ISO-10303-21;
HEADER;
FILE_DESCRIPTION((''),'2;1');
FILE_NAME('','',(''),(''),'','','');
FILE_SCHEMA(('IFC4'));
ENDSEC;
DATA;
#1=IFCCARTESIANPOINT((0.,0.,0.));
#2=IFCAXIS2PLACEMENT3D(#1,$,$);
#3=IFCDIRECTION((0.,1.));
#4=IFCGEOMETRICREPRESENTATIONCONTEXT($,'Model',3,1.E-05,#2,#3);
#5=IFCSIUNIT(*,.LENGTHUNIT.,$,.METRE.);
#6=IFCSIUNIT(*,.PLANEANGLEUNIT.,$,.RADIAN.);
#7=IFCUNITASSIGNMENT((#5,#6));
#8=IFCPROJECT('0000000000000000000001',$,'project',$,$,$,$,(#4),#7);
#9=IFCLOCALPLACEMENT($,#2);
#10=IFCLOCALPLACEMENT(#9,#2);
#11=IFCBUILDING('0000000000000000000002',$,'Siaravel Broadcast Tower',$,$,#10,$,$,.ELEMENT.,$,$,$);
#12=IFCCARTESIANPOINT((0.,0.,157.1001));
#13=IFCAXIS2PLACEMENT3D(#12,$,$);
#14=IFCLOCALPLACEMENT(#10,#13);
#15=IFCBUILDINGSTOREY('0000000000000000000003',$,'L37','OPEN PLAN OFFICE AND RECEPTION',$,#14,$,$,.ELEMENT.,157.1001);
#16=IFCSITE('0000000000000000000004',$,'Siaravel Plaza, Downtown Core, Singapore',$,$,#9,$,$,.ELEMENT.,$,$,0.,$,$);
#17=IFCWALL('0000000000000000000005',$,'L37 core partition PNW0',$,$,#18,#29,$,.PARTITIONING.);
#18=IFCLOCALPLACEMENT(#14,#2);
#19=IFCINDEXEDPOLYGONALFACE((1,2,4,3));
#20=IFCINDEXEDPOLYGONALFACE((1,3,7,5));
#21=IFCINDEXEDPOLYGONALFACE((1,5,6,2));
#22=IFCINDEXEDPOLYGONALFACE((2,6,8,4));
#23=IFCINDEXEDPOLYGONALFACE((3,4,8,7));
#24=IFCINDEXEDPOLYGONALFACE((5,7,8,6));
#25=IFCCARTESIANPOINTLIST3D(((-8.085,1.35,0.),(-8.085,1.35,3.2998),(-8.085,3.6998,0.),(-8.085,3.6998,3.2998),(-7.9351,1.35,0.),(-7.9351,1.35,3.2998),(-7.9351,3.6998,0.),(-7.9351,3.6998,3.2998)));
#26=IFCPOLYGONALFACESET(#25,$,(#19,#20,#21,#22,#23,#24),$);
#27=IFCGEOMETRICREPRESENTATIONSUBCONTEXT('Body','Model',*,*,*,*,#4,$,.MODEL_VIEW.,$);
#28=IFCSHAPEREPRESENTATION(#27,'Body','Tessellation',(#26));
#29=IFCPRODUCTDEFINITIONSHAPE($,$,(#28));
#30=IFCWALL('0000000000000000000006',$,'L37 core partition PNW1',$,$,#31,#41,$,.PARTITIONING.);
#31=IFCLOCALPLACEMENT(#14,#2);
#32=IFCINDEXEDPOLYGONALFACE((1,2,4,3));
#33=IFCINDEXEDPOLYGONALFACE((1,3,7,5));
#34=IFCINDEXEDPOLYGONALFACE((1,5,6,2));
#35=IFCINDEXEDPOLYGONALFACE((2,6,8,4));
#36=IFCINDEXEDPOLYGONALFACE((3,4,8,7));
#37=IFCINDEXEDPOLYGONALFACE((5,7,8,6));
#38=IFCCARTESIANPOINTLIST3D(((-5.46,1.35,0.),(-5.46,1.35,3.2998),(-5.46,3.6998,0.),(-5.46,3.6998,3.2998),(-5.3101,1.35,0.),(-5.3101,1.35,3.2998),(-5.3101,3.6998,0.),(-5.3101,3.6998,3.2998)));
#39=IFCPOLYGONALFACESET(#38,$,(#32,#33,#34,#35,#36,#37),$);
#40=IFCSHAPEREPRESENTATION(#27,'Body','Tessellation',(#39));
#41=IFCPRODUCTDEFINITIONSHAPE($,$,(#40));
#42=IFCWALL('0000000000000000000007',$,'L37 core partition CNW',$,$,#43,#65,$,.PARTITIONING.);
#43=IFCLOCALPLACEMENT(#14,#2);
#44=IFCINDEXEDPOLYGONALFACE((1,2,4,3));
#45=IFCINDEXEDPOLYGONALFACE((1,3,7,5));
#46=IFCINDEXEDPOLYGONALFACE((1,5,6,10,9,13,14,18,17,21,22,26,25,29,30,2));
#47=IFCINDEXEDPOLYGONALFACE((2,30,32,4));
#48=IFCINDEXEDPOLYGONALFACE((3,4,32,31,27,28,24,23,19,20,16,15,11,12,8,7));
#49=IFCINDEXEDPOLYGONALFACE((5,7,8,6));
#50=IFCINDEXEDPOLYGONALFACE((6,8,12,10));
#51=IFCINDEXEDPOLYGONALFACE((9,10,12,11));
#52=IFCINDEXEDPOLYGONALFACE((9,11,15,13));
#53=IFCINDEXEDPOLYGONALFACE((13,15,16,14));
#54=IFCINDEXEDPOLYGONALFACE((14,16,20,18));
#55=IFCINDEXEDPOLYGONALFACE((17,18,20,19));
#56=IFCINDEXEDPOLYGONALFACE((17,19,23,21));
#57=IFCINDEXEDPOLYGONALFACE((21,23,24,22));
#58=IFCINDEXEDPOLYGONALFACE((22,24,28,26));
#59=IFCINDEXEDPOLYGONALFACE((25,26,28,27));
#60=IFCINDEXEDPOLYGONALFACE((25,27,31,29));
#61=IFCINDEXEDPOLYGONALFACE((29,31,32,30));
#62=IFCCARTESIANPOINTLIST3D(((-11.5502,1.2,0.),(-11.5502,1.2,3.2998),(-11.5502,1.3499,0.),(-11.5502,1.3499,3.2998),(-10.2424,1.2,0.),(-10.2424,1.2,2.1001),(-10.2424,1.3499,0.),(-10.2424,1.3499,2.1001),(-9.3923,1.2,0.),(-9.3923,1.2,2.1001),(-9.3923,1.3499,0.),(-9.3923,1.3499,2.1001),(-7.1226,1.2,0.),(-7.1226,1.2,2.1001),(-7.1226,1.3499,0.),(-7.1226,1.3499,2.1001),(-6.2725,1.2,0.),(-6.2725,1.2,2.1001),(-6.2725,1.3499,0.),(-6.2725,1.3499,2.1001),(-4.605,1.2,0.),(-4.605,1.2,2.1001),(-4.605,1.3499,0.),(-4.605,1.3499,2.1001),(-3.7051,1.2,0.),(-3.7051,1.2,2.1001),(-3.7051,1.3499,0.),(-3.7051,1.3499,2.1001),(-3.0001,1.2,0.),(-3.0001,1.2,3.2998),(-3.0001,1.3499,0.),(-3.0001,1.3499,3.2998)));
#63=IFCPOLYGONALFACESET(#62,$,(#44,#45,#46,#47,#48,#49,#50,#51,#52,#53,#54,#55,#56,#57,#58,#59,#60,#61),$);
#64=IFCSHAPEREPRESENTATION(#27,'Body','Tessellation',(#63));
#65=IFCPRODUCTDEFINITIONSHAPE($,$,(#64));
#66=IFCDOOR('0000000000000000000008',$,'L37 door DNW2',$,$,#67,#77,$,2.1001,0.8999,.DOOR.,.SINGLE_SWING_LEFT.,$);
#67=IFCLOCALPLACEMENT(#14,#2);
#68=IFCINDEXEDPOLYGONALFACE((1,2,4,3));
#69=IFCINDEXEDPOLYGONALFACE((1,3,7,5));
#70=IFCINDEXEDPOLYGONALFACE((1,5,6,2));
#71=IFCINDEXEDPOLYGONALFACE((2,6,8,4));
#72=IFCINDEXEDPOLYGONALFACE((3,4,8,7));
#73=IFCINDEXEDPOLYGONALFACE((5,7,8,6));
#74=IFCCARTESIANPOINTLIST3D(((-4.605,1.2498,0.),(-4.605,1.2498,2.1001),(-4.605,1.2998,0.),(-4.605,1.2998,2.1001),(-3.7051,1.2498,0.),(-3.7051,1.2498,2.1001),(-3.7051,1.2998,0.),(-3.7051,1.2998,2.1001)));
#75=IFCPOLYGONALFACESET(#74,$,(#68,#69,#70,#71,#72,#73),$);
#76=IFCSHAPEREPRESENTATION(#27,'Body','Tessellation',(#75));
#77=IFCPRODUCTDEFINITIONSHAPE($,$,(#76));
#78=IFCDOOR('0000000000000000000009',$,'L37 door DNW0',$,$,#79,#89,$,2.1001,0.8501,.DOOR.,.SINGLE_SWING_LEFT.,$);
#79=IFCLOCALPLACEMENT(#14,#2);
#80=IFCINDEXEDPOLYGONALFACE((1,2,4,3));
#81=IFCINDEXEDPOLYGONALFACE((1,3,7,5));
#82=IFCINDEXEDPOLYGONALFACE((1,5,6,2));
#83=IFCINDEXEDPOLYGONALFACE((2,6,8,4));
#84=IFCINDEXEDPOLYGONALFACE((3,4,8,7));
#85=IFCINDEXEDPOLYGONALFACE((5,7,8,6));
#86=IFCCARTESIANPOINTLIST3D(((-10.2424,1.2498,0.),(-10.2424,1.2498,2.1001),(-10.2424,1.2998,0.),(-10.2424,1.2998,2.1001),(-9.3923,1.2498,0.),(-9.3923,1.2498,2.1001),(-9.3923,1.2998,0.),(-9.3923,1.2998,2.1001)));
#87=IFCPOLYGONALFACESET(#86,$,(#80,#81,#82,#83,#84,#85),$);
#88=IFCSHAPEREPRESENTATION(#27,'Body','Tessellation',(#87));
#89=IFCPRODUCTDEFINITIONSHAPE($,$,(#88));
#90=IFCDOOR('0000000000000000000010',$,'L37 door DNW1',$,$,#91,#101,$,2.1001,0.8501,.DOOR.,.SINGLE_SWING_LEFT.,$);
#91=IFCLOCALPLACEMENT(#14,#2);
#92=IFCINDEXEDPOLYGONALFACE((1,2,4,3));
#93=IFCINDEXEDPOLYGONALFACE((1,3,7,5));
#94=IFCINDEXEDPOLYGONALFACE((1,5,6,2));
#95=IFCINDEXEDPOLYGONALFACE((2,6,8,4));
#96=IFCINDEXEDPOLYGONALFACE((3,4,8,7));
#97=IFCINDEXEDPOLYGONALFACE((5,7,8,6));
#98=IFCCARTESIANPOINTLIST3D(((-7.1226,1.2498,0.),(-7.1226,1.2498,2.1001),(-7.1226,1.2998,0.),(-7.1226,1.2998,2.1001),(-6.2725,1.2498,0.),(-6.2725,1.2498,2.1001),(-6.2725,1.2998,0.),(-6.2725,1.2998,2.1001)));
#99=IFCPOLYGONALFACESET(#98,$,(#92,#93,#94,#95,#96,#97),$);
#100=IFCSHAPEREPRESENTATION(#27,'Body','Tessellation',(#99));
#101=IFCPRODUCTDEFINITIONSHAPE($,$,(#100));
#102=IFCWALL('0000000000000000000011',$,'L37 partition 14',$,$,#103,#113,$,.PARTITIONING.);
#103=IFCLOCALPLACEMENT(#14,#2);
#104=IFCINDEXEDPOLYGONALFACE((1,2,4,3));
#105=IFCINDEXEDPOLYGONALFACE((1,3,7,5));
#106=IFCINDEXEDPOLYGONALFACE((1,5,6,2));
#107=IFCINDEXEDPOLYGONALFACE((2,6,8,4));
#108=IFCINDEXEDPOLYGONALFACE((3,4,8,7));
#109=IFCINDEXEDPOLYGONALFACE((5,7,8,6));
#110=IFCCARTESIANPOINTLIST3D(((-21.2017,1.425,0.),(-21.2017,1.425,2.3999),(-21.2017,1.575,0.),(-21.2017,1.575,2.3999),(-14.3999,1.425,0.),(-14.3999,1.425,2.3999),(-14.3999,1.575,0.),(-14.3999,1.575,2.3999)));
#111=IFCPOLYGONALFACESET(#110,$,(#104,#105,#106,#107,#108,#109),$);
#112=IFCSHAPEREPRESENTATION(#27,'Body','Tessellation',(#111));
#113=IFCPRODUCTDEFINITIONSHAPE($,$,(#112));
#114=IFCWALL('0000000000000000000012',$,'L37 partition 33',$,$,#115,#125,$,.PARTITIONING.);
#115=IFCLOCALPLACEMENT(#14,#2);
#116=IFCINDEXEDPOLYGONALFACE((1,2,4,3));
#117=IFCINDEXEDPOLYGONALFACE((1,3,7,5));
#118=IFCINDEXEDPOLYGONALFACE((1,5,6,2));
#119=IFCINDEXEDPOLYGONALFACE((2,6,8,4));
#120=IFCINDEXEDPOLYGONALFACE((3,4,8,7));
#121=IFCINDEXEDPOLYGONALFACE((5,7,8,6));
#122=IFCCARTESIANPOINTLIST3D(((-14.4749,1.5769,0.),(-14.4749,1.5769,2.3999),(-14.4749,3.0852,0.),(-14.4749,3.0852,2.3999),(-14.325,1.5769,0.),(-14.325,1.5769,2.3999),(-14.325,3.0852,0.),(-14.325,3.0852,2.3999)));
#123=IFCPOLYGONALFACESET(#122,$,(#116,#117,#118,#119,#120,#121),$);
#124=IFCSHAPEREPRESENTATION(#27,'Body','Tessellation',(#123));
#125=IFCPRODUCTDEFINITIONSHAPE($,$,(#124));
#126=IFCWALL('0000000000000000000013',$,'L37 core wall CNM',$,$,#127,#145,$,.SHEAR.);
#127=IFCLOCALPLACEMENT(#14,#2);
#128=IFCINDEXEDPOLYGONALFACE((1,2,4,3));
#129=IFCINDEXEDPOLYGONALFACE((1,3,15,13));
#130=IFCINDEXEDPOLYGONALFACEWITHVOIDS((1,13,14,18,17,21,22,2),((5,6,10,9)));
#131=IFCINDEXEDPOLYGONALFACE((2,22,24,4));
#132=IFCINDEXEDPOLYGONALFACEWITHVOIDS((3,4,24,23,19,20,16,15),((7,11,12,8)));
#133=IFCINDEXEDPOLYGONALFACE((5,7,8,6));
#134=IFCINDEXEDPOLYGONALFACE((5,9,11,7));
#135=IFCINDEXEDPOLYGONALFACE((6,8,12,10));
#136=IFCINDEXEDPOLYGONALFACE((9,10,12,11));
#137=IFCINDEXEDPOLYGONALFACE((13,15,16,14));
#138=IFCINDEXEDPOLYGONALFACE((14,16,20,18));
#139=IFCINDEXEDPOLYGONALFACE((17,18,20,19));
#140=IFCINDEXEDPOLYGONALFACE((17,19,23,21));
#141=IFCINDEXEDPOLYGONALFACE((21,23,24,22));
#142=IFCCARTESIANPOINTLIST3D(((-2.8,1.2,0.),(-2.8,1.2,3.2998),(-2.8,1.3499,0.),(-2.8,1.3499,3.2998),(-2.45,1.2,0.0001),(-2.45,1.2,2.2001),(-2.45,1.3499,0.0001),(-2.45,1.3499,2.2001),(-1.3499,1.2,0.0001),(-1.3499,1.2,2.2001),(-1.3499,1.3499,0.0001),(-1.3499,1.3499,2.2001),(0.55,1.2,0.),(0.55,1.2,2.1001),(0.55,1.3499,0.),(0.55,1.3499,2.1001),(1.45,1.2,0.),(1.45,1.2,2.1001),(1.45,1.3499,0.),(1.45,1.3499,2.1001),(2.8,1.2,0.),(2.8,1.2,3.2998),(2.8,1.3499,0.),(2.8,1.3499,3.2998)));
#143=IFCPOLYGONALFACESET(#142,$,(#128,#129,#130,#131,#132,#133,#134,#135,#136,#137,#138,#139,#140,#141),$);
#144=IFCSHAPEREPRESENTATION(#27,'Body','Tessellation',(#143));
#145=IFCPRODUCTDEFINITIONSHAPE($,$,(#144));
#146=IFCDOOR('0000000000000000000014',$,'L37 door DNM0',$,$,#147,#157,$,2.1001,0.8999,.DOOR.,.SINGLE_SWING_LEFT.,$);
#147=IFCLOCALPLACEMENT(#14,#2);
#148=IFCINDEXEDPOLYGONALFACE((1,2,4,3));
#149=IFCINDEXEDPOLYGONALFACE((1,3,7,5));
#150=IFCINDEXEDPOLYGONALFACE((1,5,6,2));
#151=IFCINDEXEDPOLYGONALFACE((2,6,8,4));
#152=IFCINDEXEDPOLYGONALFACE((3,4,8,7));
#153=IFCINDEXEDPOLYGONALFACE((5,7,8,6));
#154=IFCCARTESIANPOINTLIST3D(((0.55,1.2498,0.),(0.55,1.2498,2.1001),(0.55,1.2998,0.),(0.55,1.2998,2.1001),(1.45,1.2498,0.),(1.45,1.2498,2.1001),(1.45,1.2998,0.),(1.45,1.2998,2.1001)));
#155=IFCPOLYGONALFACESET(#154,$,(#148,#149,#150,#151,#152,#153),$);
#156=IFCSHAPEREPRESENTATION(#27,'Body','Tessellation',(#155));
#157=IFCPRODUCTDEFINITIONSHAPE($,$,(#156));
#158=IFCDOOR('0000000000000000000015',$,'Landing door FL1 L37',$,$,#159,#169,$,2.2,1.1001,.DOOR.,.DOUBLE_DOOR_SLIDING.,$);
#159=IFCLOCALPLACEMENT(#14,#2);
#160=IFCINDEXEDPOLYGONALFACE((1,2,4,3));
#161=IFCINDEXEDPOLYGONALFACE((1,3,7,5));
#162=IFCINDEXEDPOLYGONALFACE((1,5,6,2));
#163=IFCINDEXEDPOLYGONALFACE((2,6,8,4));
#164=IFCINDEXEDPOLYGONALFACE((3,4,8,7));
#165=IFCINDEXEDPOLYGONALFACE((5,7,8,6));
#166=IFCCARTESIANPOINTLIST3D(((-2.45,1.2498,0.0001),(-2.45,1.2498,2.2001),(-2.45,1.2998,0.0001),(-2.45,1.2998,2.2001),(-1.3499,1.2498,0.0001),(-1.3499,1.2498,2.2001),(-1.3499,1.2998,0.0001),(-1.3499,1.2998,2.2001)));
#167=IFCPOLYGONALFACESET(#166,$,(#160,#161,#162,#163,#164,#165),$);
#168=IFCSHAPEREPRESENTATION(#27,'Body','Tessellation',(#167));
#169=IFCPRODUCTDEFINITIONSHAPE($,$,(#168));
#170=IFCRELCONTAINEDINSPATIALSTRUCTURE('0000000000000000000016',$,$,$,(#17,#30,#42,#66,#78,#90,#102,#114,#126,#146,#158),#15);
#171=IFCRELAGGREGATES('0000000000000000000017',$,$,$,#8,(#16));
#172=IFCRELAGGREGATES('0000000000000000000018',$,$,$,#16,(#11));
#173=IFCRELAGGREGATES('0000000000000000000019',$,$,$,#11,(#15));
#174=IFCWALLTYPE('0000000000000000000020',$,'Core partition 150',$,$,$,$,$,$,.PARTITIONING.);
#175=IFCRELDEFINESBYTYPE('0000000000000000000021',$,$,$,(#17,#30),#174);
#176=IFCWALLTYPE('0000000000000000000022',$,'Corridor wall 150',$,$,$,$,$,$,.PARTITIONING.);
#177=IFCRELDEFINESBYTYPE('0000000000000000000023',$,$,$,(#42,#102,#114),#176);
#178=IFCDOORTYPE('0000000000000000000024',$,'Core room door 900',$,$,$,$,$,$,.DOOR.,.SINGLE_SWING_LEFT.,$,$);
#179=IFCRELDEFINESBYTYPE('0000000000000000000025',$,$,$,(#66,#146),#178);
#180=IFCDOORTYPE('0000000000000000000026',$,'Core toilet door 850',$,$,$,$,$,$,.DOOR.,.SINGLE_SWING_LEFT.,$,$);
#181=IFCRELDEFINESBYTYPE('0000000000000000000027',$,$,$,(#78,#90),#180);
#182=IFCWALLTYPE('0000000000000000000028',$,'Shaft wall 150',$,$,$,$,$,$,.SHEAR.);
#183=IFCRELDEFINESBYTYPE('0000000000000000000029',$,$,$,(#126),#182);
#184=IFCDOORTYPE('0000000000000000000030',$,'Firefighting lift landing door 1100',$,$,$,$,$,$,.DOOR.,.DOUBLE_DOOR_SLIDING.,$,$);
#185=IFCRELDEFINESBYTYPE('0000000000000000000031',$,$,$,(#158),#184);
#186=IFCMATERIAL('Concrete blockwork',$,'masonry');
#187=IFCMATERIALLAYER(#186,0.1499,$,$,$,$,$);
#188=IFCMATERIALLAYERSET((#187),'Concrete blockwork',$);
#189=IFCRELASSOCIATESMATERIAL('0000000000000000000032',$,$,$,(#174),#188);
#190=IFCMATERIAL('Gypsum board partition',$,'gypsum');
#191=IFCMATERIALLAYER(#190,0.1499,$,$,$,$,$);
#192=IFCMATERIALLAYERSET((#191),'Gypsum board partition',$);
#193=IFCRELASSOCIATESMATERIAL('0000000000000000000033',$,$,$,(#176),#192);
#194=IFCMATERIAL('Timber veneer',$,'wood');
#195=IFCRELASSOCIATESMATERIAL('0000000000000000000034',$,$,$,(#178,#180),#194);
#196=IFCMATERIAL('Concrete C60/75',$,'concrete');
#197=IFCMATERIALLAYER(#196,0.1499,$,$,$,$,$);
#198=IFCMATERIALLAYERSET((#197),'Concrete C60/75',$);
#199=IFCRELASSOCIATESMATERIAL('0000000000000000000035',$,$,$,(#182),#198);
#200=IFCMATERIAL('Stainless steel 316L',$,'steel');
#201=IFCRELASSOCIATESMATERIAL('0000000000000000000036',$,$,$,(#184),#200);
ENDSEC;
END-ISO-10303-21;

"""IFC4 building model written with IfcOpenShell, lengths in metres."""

from ifc_helpers import new_model, si_unit, direction, frame, frame_2d, origin, place, context, subcontext, project, spatial, rectangle, extrude, material, layer, layer_set, type_object, element, fill, save


model = new_model("IFC4")

# Units and contexts
model_context = context("Model", 3, precision=1e-05, world=origin(), true_north=direction((0.0, 1.0)))
body_context = subcontext(model_context, "Body", "Model", "MODEL_VIEW")
ifc_project = project(units=[si_unit("LENGTHUNIT", "METRE"), si_unit("PLANEANGLEUNIT", "RADIAN")], contexts=[model_context])

# Site, building, storey
site_placement = place(None, origin())
site = spatial("IfcSite", under=ifc_project, at=site_placement, Name="Siaravel Plaza, Downtown Core, Singapore", CompositionType="ELEMENT", RefElevation=0.0)
building_placement = place(site_placement, origin())
building = spatial("IfcBuilding", under=site, at=building_placement, Name="Siaravel Broadcast Tower", CompositionType="ELEMENT")
storey_placement = place(building_placement, frame((0.0, 0.0, 157.1001)))
storey = spatial("IfcBuildingStorey", under=building, at=storey_placement, Name="L37", Description="OPEN PLAN OFFICE AND RECEPTION", CompositionType="ELEMENT", Elevation=157.1001)

# Walls
ifc_material_1 = material(Name="Concrete blockwork", Category="masonry")
ifc_layer_1 = layer(ifc_material_1, 0.1499)
ifc_layer_set_1 = layer_set([ifc_layer_1], Name="Concrete blockwork")
wall_type_1 = type_object("IfcWallType", Name="Core partition 150", PredefinedType="PARTITIONING", material=ifc_layer_set_1)
for number, where, z_axis, x_axis, name in (
    (1, (-8.01, 1.3501, 0.0), (0.0, 0.0, 1.0), (0.0, 1.0, 0.0), "L37 core partition PNW0"),
    (2, (-5.385, 1.3501, 0.0), (0.0, 0.0, 1.0), (0.0, 1.0, 0.0), "L37 core partition PNW1"),
):
    element("IfcWall", number, at=place(storey_placement, frame(where, z_axis=z_axis, x_axis=x_axis)), inside=storey, type_object=wall_type_1, Name=name, PredefinedType="PARTITIONING", context=body_context, shape_type="SweptSolid", body=[
        extrude(rectangle(XDim=2.3499, YDim=0.1499, at=frame_2d((1.1748, 0.0))), origin(), (0.0, 0.0, 1.0), 3.2998),
    ])

# Wall, openings, doors
ifc_material_2 = material(Name="Gypsum board partition", Category="gypsum")
ifc_layer_2 = layer(ifc_material_2, 0.1499)
ifc_layer_set_2 = layer_set([ifc_layer_2], Name="Gypsum board partition")
wall_type_2 = type_object("IfcWallType", Name="Corridor wall 150", PredefinedType="PARTITIONING", material=ifc_layer_set_2)
wall_1_placement = place(storey_placement, frame((-11.55, 1.2749, 0.0), z_axis=(0.0, 0.0, 1.0), x_axis=(1.0, 0.0, 0.0)))
wall_1 = element("IfcWall", 3, at=wall_1_placement, inside=storey, type_object=wall_type_2, Name="L37 core partition CNW", PredefinedType="PARTITIONING", context=body_context, shape_type="SweptSolid", body=[
    extrude(rectangle(XDim=8.55, YDim=0.1499, at=frame_2d((4.2749, 0.0))), origin(), (0.0, 0.0, 1.0), 3.2998),
])
opening_1_placement = place(wall_1_placement, frame((1.3076, 0.0, 0.0)))
opening_1 = element("IfcOpeningElement", 4, at=opening_1_placement, cuts=wall_1, PredefinedType="OPENING", context=body_context, shape_type="SweptSolid", body=[
    extrude(rectangle(XDim=0.8501, YDim=2.1001, at=frame_2d((0.425, 1.05))), frame((0.0, 0.085, 0.0), z_axis=(0.0, -1.0, 0.0), x_axis=(1.0, 0.0, 0.0)), (0.0, 0.0, 1.0), 0.1699),
])
opening_2_placement = place(wall_1_placement, frame((4.4275, 0.0, 0.0)))
opening_2 = element("IfcOpeningElement", 5, at=opening_2_placement, cuts=wall_1, PredefinedType="OPENING", context=body_context, shape_type="SweptSolid", body=[
    extrude(rectangle(XDim=0.8501, YDim=2.1001, at=frame_2d((0.425, 1.05))), frame((0.0, 0.085, 0.0), z_axis=(0.0, -1.0, 0.0), x_axis=(1.0, 0.0, 0.0)), (0.0, 0.0, 1.0), 0.1699),
])
opening_3_placement = place(wall_1_placement, frame((6.9451, 0.0, 0.0)))
opening_3 = element("IfcOpeningElement", 6, at=opening_3_placement, cuts=wall_1, PredefinedType="OPENING", context=body_context, shape_type="SweptSolid", body=[
    extrude(rectangle(XDim=0.8999, YDim=2.1001, at=frame_2d((0.45, 1.05))), frame((0.0, 0.085, 0.0), z_axis=(0.0, -1.0, 0.0), x_axis=(1.0, 0.0, 0.0)), (0.0, 0.0, 1.0), 0.1699),
])
ifc_material_3 = material(Name="Timber veneer", Category="wood")
door_type_1 = type_object("IfcDoorType", Name="Core room door 900", OperationType="SINGLE_SWING_LEFT", PredefinedType="DOOR", material=ifc_material_3)
door_1_placement = place(opening_3_placement, origin())
door_1 = element("IfcDoor", 7, at=door_1_placement, inside=storey, type_object=door_type_1, Name="L37 door DNW2", OperationType="SINGLE_SWING_LEFT", OverallHeight=2.1001, OverallWidth=0.8999, PredefinedType="DOOR", context=body_context, shape_type="SweptSolid", body=[
    extrude(rectangle(XDim=0.8999, YDim=2.1001, at=frame_2d((0.45, 1.05))), frame((0.0, 0.0249, 0.0), z_axis=(0.0, -1.0, 0.0), x_axis=(1.0, 0.0, 0.0)), (0.0, 0.0, 1.0), 0.05),
])
fill(opening_3, door_1)
door_type_2 = type_object("IfcDoorType", Name="Core toilet door 850", OperationType="SINGLE_SWING_LEFT", PredefinedType="DOOR", material=ifc_material_3)
door_2_placement = place(opening_1_placement, origin())
door_2 = element("IfcDoor", 8, at=door_2_placement, inside=storey, type_object=door_type_2, Name="L37 door DNW0", OperationType="SINGLE_SWING_LEFT", OverallHeight=2.1001, OverallWidth=0.8501, PredefinedType="DOOR", context=body_context, shape_type="SweptSolid", body=[
    extrude(rectangle(XDim=0.8501, YDim=2.1001, at=frame_2d((0.425, 1.05))), frame((0.0, 0.0249, 0.0), z_axis=(0.0, -1.0, 0.0), x_axis=(1.0, 0.0, 0.0)), (0.0, 0.0, 1.0), 0.05),
])
fill(opening_1, door_2)
door_3_placement = place(opening_2_placement, origin())
door_3 = element("IfcDoor", 9, at=door_3_placement, inside=storey, type_object=door_type_2, Name="L37 door DNW1", OperationType="SINGLE_SWING_LEFT", OverallHeight=2.1001, OverallWidth=0.8501, PredefinedType="DOOR", context=body_context, shape_type="SweptSolid", body=[
    extrude(rectangle(XDim=0.8501, YDim=2.1001, at=frame_2d((0.425, 1.05))), frame((0.0, 0.0249, 0.0), z_axis=(0.0, -1.0, 0.0), x_axis=(1.0, 0.0, 0.0)), (0.0, 0.0, 1.0), 0.05),
])
fill(opening_2, door_3)

# Walls
wall_2_placement = place(storey_placement, frame((-14.3999, 1.5, 0.0), z_axis=(0.0, 0.0, 1.0), x_axis=(-1.0, 0.0, 0.0)))
element("IfcWall", 10, at=wall_2_placement, inside=storey, type_object=wall_type_2, Name="L37 partition 14", PredefinedType="PARTITIONING", context=body_context, shape_type="SweptSolid", body=[
    extrude(rectangle(XDim=6.8018, YDim=0.1499, at=frame_2d((3.4009, 0.0))), origin(), (0.0, 0.0, 1.0), 2.3999),
])
wall_3_placement = place(storey_placement, frame((-14.3999, 3.0852, 0.0), z_axis=(0.0, 0.0, 1.0), x_axis=(0.0, -1.0, 0.0)))
element("IfcWall", 11, at=wall_3_placement, inside=storey, type_object=wall_type_2, Name="L37 partition 33", PredefinedType="PARTITIONING", context=body_context, shape_type="SweptSolid", body=[
    extrude(rectangle(XDim=1.5083, YDim=0.1499, at=frame_2d((0.7542, 0.0))), origin(), (0.0, 0.0, 1.0), 2.3999),
])

# Wall, openings, doors
ifc_material_4 = material(Name="Concrete C60/75", Category="concrete")
ifc_layer_3 = layer(ifc_material_4, 0.1499)
ifc_layer_set_3 = layer_set([ifc_layer_3], Name="Concrete C60/75")
wall_type_3 = type_object("IfcWallType", Name="Shaft wall 150", PredefinedType="SHEAR", material=ifc_layer_set_3)
wall_4_placement = place(storey_placement, frame((-2.8, 1.2749, 0.0), z_axis=(0.0, 0.0, 1.0), x_axis=(1.0, 0.0, 0.0)))
wall_4 = element("IfcWall", 12, at=wall_4_placement, inside=storey, type_object=wall_type_3, Name="L37 core wall CNM", PredefinedType="SHEAR", context=body_context, shape_type="SweptSolid", body=[
    extrude(rectangle(XDim=5.6001, YDim=0.1499, at=frame_2d((2.8, 0.0))), origin(), (0.0, 0.0, 1.0), 3.2998),
])
opening_4_placement = place(wall_4_placement, frame((0.3501, 0.0, 0.0)))
opening_4 = element("IfcOpeningElement", 13, at=opening_4_placement, cuts=wall_4, PredefinedType="OPENING", context=body_context, shape_type="SweptSolid", body=[
    extrude(rectangle(XDim=1.1001, YDim=2.2, at=frame_2d((0.55, 1.1001))), frame((0.0, 0.085, 0.0), z_axis=(0.0, -1.0, 0.0), x_axis=(1.0, 0.0, 0.0)), (0.0, 0.0, 1.0), 0.1699),
])
opening_5_placement = place(wall_4_placement, frame((3.3501, 0.0, 0.0)))
opening_5 = element("IfcOpeningElement", 14, at=opening_5_placement, cuts=wall_4, PredefinedType="OPENING", context=body_context, shape_type="SweptSolid", body=[
    extrude(rectangle(XDim=0.8999, YDim=2.1001, at=frame_2d((0.45, 1.05))), frame((0.0, 0.085, 0.0), z_axis=(0.0, -1.0, 0.0), x_axis=(1.0, 0.0, 0.0)), (0.0, 0.0, 1.0), 0.1699),
])
door_4_placement = place(opening_5_placement, origin())
door_4 = element("IfcDoor", 15, at=door_4_placement, inside=storey, type_object=door_type_1, Name="L37 door DNM0", OperationType="SINGLE_SWING_LEFT", OverallHeight=2.1001, OverallWidth=0.8999, PredefinedType="DOOR", context=body_context, shape_type="SweptSolid", body=[
    extrude(rectangle(XDim=0.8999, YDim=2.1001, at=frame_2d((0.45, 1.05))), frame((0.0, 0.0249, 0.0), z_axis=(0.0, -1.0, 0.0), x_axis=(1.0, 0.0, 0.0)), (0.0, 0.0, 1.0), 0.05),
])
fill(opening_5, door_4)
ifc_material_5 = material(Name="Stainless steel 316L", Category="steel")
door_type_3 = type_object("IfcDoorType", Name="Firefighting lift landing door 1100", OperationType="DOUBLE_DOOR_SLIDING", PredefinedType="DOOR", material=ifc_material_5)
door_5_placement = place(opening_4_placement, origin())
door_5 = element("IfcDoor", 16, at=door_5_placement, inside=storey, type_object=door_type_3, Name="Landing door FL1 L37", OperationType="DOUBLE_DOOR_SLIDING", OverallHeight=2.2, OverallWidth=1.1001, PredefinedType="DOOR", context=body_context, shape_type="SweptSolid", body=[
    extrude(rectangle(XDim=1.1001, YDim=2.2, at=frame_2d((0.55, 1.1001))), frame((0.0, 0.0249, 0.0), z_axis=(0.0, -1.0, 0.0), x_axis=(1.0, 0.0, 0.0)), (0.0, 0.0, 1.0), 0.05),
])
fill(opening_4, door_5)

save(model, "model.ifc")
